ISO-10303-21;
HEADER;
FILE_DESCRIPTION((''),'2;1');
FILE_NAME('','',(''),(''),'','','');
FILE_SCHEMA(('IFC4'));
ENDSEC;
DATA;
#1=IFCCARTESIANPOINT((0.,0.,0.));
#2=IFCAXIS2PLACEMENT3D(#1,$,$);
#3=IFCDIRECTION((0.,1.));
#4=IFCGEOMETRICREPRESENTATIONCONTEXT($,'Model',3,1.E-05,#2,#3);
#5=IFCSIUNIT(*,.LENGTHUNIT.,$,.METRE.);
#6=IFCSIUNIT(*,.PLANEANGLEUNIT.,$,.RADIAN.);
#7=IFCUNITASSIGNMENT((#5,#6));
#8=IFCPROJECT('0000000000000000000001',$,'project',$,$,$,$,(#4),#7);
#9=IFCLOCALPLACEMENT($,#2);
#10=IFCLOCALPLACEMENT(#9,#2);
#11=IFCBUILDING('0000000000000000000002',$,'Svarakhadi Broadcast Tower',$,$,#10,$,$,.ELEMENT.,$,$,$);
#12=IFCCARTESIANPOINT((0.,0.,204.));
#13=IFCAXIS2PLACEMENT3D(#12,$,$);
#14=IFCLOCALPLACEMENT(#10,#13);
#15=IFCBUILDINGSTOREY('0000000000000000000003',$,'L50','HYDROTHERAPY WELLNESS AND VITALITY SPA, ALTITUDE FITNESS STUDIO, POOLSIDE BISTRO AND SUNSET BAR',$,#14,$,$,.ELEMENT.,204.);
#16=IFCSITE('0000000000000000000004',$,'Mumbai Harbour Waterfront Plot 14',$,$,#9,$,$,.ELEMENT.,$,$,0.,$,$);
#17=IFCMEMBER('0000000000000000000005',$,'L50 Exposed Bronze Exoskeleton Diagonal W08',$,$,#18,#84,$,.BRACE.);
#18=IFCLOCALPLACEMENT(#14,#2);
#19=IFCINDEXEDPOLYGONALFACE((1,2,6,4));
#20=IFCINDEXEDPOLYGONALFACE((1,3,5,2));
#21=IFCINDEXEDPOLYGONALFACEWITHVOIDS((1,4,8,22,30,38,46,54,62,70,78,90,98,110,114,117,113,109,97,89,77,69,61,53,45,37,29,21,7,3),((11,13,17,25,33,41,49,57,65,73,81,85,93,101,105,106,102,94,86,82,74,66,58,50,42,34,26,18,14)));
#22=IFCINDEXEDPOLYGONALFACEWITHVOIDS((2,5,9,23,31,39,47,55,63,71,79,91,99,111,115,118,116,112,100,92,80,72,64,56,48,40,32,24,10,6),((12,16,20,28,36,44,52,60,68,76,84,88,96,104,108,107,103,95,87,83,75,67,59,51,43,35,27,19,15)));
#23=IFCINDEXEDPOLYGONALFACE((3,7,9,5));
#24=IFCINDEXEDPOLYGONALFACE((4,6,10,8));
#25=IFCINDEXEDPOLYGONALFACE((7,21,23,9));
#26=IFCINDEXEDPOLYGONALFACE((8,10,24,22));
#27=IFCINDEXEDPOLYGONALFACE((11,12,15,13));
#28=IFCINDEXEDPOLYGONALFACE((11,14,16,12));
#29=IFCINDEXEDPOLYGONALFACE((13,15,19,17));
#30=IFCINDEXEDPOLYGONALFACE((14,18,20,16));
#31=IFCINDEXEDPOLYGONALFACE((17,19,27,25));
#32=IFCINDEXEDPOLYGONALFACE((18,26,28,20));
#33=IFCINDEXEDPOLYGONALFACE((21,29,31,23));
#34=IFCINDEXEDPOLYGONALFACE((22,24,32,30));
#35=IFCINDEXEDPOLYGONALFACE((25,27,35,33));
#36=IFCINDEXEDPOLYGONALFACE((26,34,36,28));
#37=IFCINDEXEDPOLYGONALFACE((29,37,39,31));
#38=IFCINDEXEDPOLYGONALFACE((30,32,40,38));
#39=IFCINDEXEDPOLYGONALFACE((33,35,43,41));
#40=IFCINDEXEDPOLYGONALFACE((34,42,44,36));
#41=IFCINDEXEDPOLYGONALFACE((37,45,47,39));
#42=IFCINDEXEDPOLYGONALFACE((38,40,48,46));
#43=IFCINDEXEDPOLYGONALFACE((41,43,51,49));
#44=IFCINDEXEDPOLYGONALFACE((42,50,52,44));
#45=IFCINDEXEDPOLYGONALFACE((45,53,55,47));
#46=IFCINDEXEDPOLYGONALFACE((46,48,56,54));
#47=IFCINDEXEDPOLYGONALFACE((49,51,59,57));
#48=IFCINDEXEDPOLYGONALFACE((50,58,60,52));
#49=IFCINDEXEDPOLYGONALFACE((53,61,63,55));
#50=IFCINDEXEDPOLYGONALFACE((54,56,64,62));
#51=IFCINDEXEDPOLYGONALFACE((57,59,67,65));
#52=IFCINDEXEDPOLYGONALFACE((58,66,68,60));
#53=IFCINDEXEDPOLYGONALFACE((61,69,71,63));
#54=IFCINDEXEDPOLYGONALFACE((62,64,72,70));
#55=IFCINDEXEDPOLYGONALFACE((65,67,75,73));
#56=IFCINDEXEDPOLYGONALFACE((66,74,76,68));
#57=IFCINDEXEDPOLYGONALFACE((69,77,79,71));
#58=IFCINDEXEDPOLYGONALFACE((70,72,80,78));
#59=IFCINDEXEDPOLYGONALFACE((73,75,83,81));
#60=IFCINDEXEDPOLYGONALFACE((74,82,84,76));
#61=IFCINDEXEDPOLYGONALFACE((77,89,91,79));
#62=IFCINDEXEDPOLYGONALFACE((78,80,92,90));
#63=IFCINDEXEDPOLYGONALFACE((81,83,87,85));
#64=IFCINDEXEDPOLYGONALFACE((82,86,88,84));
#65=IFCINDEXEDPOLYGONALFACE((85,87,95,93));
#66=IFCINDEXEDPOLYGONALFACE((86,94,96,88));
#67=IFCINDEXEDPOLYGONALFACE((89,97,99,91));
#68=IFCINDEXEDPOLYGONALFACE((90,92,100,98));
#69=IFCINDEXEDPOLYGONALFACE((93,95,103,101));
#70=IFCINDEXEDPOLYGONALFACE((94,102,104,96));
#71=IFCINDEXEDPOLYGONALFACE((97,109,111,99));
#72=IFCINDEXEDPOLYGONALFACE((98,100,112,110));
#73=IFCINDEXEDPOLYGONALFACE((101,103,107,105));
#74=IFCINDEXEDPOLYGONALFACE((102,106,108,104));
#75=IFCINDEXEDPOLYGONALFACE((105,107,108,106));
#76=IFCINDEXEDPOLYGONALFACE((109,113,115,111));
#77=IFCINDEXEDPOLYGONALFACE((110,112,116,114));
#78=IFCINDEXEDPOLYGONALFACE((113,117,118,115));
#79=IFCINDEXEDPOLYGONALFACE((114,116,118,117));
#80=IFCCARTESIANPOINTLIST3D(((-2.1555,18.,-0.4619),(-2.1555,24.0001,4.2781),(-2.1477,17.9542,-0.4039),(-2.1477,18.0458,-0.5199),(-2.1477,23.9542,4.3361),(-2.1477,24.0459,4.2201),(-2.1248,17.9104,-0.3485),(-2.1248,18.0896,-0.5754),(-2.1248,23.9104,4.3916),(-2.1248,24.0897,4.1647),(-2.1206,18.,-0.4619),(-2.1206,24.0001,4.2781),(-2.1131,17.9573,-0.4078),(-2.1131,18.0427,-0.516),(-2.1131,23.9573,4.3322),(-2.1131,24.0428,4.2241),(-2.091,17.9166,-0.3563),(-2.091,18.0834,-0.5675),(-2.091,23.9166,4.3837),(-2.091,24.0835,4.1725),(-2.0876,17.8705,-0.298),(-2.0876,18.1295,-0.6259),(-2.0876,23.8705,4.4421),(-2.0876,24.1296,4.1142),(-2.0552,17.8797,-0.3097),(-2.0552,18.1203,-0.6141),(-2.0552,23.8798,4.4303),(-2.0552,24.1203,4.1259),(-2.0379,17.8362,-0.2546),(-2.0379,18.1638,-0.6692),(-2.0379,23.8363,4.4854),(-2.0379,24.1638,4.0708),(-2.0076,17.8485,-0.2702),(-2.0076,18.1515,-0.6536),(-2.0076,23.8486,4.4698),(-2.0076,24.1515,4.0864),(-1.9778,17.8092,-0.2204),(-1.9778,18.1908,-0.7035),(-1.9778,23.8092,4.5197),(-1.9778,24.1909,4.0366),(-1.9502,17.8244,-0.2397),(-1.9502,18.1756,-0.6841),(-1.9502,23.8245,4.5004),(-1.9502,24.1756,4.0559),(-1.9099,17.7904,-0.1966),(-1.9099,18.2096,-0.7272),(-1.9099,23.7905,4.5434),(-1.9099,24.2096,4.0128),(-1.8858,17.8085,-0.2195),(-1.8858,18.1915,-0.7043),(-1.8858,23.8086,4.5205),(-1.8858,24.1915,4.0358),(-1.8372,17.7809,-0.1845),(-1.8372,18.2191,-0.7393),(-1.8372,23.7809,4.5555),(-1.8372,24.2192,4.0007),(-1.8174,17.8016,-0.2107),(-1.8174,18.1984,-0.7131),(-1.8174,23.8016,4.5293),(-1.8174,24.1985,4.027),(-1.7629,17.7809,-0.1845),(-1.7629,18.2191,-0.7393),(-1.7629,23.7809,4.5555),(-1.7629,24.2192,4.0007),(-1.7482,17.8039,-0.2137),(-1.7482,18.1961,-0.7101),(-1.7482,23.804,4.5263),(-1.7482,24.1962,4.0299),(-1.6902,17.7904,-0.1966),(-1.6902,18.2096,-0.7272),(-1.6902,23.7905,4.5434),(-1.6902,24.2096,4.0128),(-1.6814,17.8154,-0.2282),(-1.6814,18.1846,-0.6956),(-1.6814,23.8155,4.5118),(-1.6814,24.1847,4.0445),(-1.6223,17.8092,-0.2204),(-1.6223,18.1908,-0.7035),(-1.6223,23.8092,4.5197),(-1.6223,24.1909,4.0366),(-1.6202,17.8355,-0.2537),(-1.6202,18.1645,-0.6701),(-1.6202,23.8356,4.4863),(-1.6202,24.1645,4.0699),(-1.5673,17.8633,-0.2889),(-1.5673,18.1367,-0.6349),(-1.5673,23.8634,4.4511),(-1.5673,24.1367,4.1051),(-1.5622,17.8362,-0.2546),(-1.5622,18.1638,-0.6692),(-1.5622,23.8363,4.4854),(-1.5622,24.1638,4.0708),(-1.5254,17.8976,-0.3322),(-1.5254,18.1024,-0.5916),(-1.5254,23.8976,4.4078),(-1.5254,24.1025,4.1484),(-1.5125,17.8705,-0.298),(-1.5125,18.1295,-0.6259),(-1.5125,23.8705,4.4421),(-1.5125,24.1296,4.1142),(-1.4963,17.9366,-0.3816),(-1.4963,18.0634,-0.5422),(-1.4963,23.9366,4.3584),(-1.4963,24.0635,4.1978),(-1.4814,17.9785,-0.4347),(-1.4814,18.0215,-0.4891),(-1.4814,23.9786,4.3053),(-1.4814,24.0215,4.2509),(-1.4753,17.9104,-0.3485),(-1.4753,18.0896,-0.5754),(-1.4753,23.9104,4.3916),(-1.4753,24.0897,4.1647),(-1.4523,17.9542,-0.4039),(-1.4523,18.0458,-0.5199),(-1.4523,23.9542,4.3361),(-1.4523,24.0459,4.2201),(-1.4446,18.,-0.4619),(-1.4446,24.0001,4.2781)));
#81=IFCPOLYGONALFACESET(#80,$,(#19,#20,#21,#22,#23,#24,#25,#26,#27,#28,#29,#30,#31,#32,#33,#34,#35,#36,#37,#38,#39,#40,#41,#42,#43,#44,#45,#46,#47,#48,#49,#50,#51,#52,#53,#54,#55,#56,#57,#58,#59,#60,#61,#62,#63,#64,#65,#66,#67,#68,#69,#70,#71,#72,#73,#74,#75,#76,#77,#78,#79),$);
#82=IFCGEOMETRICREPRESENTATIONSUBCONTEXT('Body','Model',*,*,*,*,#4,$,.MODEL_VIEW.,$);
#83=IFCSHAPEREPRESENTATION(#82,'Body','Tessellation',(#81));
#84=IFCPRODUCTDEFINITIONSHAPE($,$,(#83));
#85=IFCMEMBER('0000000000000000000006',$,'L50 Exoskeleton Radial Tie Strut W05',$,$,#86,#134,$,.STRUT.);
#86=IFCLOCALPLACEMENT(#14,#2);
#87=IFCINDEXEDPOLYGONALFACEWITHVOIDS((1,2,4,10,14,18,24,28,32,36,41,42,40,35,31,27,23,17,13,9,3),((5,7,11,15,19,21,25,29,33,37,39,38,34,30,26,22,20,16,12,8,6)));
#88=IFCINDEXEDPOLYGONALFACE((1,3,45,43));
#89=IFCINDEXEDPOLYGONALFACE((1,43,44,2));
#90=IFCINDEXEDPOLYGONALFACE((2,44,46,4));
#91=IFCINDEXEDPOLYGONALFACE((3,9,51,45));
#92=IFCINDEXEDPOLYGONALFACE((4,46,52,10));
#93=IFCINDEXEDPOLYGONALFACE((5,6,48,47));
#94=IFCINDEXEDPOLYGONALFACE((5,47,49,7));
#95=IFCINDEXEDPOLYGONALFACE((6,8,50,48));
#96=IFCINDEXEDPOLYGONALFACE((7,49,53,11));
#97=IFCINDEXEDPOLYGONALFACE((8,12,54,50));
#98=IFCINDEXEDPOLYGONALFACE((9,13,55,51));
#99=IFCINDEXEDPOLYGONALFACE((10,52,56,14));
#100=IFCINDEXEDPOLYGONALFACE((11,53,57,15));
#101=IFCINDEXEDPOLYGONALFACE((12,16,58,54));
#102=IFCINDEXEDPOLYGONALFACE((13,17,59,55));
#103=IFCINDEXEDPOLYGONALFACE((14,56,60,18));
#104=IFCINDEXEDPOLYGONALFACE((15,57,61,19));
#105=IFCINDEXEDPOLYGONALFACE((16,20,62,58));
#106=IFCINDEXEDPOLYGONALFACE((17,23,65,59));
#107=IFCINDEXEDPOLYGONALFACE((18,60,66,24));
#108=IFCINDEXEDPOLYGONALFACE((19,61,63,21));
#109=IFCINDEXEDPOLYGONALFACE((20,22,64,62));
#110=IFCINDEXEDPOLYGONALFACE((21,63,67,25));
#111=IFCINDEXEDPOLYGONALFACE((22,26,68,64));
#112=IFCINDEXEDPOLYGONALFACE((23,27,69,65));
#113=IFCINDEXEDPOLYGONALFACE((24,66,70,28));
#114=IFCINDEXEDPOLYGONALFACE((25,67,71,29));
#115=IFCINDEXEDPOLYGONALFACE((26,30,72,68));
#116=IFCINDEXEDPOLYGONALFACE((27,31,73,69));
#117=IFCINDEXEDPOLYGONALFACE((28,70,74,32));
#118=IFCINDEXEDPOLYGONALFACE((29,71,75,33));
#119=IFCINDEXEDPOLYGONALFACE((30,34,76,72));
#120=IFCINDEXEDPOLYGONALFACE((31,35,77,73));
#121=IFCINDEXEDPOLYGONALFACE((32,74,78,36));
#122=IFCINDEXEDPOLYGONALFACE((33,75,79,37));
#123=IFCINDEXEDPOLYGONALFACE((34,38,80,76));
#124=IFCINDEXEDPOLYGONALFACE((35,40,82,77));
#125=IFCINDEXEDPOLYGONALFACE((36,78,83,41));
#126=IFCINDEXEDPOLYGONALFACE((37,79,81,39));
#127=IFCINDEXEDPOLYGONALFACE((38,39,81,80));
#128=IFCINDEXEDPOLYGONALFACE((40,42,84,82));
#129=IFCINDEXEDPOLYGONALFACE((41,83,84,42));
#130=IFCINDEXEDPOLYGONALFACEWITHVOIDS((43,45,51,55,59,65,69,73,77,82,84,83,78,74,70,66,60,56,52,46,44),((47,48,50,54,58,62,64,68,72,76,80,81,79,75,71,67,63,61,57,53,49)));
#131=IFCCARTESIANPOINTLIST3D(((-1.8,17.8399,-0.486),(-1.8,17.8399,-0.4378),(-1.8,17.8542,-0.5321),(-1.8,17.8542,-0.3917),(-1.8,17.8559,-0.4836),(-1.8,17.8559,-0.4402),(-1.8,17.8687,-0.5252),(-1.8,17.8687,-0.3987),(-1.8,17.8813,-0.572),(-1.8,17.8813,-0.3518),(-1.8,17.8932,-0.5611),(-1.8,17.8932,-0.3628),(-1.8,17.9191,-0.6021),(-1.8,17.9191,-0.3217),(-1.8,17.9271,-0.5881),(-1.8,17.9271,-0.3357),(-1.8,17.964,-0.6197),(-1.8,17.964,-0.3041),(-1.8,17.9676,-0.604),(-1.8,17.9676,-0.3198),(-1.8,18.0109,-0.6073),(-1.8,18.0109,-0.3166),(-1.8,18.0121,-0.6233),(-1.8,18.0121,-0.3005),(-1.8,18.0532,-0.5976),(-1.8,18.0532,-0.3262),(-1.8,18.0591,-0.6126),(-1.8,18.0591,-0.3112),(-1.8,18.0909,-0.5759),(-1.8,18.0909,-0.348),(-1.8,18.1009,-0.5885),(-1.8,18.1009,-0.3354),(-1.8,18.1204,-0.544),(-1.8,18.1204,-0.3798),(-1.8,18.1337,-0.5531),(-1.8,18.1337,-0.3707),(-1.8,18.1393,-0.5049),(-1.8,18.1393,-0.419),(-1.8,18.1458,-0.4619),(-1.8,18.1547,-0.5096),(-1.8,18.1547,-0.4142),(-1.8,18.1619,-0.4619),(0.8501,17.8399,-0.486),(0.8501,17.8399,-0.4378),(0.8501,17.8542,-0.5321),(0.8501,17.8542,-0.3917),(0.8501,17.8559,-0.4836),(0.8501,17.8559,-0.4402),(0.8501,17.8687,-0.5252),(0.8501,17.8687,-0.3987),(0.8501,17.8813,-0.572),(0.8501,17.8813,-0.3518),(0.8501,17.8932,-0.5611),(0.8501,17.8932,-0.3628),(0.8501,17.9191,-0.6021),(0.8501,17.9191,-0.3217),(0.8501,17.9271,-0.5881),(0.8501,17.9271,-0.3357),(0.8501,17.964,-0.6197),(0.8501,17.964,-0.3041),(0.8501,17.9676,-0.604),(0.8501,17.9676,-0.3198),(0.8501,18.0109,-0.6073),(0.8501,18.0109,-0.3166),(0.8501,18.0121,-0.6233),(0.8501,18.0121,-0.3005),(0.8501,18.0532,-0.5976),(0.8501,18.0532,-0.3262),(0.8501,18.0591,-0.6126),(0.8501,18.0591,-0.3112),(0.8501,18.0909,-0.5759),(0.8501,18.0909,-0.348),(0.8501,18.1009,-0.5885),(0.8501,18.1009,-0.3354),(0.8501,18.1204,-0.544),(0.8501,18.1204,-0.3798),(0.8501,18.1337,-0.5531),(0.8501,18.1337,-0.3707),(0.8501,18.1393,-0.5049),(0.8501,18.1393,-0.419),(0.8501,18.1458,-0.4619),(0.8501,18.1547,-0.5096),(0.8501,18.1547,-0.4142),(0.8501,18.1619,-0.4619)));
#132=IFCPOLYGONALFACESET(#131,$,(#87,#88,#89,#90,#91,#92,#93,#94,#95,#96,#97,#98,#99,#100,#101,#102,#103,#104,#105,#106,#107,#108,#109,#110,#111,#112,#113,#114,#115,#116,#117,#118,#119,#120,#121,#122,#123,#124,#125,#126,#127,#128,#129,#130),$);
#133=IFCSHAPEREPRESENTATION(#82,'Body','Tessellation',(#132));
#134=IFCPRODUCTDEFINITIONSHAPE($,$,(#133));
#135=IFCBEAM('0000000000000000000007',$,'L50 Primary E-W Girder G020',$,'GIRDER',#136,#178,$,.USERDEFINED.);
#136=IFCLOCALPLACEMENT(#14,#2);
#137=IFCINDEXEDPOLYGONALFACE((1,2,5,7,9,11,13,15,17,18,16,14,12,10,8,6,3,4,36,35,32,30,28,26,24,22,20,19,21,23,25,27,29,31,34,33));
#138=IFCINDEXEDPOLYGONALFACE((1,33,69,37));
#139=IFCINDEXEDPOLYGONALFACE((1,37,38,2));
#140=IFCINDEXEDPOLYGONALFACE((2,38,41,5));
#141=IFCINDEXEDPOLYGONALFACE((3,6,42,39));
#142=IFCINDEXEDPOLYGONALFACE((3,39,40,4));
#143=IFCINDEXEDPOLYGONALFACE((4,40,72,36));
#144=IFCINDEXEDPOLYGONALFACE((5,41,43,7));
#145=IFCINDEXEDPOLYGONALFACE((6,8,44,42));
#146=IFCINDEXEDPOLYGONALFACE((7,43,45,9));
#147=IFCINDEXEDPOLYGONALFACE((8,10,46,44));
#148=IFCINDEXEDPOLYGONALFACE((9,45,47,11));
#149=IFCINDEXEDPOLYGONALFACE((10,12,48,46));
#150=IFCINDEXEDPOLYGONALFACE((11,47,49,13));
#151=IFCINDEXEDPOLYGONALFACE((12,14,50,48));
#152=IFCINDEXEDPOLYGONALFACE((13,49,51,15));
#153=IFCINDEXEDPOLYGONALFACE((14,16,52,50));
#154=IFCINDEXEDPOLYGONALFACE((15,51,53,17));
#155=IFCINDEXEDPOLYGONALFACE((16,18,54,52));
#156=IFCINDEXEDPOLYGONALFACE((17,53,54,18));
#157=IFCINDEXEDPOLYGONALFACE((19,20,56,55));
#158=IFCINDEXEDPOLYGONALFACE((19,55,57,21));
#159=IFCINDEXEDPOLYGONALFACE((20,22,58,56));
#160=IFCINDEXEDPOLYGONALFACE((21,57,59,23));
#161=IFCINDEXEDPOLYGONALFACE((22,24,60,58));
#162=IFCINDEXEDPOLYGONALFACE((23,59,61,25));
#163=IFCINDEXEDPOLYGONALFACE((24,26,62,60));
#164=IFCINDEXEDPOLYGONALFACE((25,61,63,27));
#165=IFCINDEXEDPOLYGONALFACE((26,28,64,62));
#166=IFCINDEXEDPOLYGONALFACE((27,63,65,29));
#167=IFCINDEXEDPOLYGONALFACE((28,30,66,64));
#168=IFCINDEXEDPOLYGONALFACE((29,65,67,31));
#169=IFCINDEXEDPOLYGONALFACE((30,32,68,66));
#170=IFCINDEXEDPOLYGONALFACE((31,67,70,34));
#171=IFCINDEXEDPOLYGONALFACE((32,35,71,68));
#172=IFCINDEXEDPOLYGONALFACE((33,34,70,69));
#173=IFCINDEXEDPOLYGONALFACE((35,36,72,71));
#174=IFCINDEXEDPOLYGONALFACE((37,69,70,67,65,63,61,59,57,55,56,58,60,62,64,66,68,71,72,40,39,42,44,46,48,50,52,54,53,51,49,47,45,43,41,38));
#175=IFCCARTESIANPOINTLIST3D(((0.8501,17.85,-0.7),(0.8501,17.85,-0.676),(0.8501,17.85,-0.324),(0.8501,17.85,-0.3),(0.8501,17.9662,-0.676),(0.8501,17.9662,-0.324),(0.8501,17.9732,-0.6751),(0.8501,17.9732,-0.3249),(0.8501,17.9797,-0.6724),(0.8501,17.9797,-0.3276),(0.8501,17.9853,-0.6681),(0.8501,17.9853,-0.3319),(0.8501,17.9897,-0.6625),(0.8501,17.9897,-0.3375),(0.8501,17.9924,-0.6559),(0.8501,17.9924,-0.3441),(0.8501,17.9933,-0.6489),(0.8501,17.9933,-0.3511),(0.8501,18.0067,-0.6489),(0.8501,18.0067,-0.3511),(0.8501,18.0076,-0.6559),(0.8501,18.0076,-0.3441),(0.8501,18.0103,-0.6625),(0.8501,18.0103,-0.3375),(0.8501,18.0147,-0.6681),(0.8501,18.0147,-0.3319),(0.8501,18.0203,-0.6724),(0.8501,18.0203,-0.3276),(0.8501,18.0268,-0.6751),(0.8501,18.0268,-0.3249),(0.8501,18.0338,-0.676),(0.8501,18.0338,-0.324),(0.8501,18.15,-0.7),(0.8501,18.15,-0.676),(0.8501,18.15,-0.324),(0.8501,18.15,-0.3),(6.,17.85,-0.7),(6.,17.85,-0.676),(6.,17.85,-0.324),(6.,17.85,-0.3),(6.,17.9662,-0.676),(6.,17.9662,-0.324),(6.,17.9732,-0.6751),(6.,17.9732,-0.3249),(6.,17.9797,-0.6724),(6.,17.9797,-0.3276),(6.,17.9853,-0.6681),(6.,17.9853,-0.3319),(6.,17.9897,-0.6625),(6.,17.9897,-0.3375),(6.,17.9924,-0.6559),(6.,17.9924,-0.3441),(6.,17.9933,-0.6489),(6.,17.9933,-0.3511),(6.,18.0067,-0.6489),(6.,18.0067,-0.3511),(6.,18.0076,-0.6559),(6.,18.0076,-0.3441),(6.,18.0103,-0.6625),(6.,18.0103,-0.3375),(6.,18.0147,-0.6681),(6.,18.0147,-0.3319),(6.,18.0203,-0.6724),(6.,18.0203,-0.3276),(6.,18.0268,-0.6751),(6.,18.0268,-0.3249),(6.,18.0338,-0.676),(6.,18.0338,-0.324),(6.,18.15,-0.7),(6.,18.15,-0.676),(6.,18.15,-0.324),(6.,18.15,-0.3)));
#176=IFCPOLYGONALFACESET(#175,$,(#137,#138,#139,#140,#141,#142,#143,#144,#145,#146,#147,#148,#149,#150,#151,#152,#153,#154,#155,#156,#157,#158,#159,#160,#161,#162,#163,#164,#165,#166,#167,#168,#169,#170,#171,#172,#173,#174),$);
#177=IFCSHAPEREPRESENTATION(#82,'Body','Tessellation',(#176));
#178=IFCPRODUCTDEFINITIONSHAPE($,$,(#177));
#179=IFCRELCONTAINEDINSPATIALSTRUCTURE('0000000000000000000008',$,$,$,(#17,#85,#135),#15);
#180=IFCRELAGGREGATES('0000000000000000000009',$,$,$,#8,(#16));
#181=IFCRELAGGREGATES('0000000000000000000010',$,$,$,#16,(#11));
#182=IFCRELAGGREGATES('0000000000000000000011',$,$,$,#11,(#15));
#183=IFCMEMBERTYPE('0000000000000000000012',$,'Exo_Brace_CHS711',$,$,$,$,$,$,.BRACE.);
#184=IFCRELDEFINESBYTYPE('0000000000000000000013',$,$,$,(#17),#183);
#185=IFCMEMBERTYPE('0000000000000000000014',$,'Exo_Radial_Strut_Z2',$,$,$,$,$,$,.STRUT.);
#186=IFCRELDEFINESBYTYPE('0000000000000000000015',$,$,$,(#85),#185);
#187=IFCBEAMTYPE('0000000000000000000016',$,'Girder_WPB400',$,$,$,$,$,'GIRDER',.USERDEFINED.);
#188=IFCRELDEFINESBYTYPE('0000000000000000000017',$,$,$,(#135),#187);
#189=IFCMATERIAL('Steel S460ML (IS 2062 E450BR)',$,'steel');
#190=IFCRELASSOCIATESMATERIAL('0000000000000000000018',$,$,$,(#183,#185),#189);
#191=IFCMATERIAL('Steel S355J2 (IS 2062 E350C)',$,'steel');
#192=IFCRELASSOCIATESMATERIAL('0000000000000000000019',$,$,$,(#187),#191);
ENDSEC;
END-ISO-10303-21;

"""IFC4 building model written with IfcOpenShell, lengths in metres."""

from ifc_helpers import new_model, si_unit, direction, frame, origin, origin_2d, place, context, subcontext, project, spatial, hollow_circle, i_section, extrude, material, material_profile, profile_set, type_object, element, save


model = new_model("IFC4")

# Units and contexts
model_context = context("Model", 3, precision=1e-05, world=origin(), true_north=direction((0.0, 1.0)))
body_context = subcontext(model_context, "Body", "Model", "MODEL_VIEW")
ifc_project = project(units=[si_unit("LENGTHUNIT", "METRE"), si_unit("PLANEANGLEUNIT", "RADIAN")], contexts=[model_context])

# Site, building, storey
site_placement = place(None, origin())
site = spatial("IfcSite", under=ifc_project, at=site_placement, Name="Mumbai Harbour Waterfront Plot 14", CompositionType="ELEMENT", RefElevation=0.0)
building_placement = place(site_placement, origin())
building = spatial("IfcBuilding", under=site, at=building_placement, Name="Svarakhadi Broadcast Tower", CompositionType="ELEMENT")
storey_placement = place(building_placement, frame((0.0, 0.0, 204.0)))
storey = spatial("IfcBuildingStorey", under=building, at=storey_placement, Name="L50", Description="HYDROTHERAPY WELLNESS AND VITALITY SPA, ALTITUDE FITNESS STUDIO, POOLSIDE BISTRO AND SUNSET BAR", CompositionType="ELEMENT", Elevation=204.0)

# Shared definitions
ifc_material_1 = material(Name="Steel S460ML (IS 2062 E450BR)", Category="steel")

# Shared definitions
ifc_material_2 = material(Name="Steel S355J2 (IS 2062 E350C)", Category="steel")

# Members
ifc_material_profile_1 = material_profile(ifc_material_1, hollow_circle(Radius=0.3555, WallThickness=0.0349, at=origin_2d()), Name="CHS 711x35")
ifc_profile_set_1 = profile_set([ifc_material_profile_1], Name="Steel S460ML (IS 2062 E450BR)")
member_type_1 = type_object("IfcMemberType", Name="Exo_Brace_CHS711", PredefinedType="BRACE", material=ifc_profile_set_1)
for number, where, z_axis, x_axis, name in (
    (1, (-1.8, 18.0, -0.4619), (0.0, 0.784682, 0.619898), (-1.0, 0.0, 0.0), "L50 Exposed Bronze Exoskeleton Diagonal W08"),
):
    element("IfcMember", number, at=place(storey_placement, frame(where, z_axis=z_axis, x_axis=x_axis)), inside=storey, type_object=member_type_1, Name=name, PredefinedType="BRACE", context=body_context, shape_type="SweptSolid", body=[
        extrude(hollow_circle(Radius=0.3555, WallThickness=0.0349, at=origin_2d()), origin(), (0.0, 0.0, 1.0), 7.6465),
    ])
ifc_material_profile_2 = material_profile(ifc_material_1, hollow_circle(Radius=0.1619, WallThickness=0.0161, at=origin_2d()), Name="CHS 323.9x16")
ifc_profile_set_2 = profile_set([ifc_material_profile_2], Name="Steel S460ML (IS 2062 E450BR)")
member_type_2 = type_object("IfcMemberType", Name="Exo_Radial_Strut_Z2", PredefinedType="STRUT", material=ifc_profile_set_2)
member_1_placement = place(storey_placement, frame((-1.8, 18.0, -0.4619), z_axis=(1.0, 0.0, 0.0), x_axis=(0.0, 1.0, 0.0)))
element("IfcMember", 2, at=member_1_placement, inside=storey, type_object=member_type_2, Name="L50 Exoskeleton Radial Tie Strut W05", PredefinedType="STRUT", context=body_context, shape_type="SweptSolid", body=[
    extrude(hollow_circle(Radius=0.1619, WallThickness=0.0161, at=origin_2d()), origin(), (0.0, 0.0, 1.0), 2.6501),
])

# Beam
ifc_material_profile_3 = material_profile(ifc_material_2, i_section(OverallWidth=0.3, OverallDepth=0.3999, WebThickness=0.0134, FlangeThickness=0.0239, FilletRadius=0.0271, at=origin_2d()), Name="WPB 400x300x155")
ifc_profile_set_3 = profile_set([ifc_material_profile_3], Name="Steel S355J2 (IS 2062 E350C)")
beam_type_1 = type_object("IfcBeamType", Name="Girder_WPB400", ElementType="GIRDER", PredefinedType="USERDEFINED", material=ifc_profile_set_3)
beam_1_placement = place(storey_placement, frame((0.8501, 18.0, -0.5), z_axis=(1.0, 0.0, 0.0), x_axis=(0.0, 1.0, 0.0)))
element("IfcBeam", 3, at=beam_1_placement, inside=storey, type_object=beam_type_1, Name="L50 Primary E-W Girder G020", ObjectType="GIRDER", PredefinedType="USERDEFINED", context=body_context, shape_type="SweptSolid", body=[
    extrude(i_section(OverallWidth=0.3, OverallDepth=0.3999, WebThickness=0.0134, FlangeThickness=0.0239, FilletRadius=0.0271, at=origin_2d()), origin(), (0.0, 0.0, 1.0), 5.1499),
])

save(model, "model.ifc")
